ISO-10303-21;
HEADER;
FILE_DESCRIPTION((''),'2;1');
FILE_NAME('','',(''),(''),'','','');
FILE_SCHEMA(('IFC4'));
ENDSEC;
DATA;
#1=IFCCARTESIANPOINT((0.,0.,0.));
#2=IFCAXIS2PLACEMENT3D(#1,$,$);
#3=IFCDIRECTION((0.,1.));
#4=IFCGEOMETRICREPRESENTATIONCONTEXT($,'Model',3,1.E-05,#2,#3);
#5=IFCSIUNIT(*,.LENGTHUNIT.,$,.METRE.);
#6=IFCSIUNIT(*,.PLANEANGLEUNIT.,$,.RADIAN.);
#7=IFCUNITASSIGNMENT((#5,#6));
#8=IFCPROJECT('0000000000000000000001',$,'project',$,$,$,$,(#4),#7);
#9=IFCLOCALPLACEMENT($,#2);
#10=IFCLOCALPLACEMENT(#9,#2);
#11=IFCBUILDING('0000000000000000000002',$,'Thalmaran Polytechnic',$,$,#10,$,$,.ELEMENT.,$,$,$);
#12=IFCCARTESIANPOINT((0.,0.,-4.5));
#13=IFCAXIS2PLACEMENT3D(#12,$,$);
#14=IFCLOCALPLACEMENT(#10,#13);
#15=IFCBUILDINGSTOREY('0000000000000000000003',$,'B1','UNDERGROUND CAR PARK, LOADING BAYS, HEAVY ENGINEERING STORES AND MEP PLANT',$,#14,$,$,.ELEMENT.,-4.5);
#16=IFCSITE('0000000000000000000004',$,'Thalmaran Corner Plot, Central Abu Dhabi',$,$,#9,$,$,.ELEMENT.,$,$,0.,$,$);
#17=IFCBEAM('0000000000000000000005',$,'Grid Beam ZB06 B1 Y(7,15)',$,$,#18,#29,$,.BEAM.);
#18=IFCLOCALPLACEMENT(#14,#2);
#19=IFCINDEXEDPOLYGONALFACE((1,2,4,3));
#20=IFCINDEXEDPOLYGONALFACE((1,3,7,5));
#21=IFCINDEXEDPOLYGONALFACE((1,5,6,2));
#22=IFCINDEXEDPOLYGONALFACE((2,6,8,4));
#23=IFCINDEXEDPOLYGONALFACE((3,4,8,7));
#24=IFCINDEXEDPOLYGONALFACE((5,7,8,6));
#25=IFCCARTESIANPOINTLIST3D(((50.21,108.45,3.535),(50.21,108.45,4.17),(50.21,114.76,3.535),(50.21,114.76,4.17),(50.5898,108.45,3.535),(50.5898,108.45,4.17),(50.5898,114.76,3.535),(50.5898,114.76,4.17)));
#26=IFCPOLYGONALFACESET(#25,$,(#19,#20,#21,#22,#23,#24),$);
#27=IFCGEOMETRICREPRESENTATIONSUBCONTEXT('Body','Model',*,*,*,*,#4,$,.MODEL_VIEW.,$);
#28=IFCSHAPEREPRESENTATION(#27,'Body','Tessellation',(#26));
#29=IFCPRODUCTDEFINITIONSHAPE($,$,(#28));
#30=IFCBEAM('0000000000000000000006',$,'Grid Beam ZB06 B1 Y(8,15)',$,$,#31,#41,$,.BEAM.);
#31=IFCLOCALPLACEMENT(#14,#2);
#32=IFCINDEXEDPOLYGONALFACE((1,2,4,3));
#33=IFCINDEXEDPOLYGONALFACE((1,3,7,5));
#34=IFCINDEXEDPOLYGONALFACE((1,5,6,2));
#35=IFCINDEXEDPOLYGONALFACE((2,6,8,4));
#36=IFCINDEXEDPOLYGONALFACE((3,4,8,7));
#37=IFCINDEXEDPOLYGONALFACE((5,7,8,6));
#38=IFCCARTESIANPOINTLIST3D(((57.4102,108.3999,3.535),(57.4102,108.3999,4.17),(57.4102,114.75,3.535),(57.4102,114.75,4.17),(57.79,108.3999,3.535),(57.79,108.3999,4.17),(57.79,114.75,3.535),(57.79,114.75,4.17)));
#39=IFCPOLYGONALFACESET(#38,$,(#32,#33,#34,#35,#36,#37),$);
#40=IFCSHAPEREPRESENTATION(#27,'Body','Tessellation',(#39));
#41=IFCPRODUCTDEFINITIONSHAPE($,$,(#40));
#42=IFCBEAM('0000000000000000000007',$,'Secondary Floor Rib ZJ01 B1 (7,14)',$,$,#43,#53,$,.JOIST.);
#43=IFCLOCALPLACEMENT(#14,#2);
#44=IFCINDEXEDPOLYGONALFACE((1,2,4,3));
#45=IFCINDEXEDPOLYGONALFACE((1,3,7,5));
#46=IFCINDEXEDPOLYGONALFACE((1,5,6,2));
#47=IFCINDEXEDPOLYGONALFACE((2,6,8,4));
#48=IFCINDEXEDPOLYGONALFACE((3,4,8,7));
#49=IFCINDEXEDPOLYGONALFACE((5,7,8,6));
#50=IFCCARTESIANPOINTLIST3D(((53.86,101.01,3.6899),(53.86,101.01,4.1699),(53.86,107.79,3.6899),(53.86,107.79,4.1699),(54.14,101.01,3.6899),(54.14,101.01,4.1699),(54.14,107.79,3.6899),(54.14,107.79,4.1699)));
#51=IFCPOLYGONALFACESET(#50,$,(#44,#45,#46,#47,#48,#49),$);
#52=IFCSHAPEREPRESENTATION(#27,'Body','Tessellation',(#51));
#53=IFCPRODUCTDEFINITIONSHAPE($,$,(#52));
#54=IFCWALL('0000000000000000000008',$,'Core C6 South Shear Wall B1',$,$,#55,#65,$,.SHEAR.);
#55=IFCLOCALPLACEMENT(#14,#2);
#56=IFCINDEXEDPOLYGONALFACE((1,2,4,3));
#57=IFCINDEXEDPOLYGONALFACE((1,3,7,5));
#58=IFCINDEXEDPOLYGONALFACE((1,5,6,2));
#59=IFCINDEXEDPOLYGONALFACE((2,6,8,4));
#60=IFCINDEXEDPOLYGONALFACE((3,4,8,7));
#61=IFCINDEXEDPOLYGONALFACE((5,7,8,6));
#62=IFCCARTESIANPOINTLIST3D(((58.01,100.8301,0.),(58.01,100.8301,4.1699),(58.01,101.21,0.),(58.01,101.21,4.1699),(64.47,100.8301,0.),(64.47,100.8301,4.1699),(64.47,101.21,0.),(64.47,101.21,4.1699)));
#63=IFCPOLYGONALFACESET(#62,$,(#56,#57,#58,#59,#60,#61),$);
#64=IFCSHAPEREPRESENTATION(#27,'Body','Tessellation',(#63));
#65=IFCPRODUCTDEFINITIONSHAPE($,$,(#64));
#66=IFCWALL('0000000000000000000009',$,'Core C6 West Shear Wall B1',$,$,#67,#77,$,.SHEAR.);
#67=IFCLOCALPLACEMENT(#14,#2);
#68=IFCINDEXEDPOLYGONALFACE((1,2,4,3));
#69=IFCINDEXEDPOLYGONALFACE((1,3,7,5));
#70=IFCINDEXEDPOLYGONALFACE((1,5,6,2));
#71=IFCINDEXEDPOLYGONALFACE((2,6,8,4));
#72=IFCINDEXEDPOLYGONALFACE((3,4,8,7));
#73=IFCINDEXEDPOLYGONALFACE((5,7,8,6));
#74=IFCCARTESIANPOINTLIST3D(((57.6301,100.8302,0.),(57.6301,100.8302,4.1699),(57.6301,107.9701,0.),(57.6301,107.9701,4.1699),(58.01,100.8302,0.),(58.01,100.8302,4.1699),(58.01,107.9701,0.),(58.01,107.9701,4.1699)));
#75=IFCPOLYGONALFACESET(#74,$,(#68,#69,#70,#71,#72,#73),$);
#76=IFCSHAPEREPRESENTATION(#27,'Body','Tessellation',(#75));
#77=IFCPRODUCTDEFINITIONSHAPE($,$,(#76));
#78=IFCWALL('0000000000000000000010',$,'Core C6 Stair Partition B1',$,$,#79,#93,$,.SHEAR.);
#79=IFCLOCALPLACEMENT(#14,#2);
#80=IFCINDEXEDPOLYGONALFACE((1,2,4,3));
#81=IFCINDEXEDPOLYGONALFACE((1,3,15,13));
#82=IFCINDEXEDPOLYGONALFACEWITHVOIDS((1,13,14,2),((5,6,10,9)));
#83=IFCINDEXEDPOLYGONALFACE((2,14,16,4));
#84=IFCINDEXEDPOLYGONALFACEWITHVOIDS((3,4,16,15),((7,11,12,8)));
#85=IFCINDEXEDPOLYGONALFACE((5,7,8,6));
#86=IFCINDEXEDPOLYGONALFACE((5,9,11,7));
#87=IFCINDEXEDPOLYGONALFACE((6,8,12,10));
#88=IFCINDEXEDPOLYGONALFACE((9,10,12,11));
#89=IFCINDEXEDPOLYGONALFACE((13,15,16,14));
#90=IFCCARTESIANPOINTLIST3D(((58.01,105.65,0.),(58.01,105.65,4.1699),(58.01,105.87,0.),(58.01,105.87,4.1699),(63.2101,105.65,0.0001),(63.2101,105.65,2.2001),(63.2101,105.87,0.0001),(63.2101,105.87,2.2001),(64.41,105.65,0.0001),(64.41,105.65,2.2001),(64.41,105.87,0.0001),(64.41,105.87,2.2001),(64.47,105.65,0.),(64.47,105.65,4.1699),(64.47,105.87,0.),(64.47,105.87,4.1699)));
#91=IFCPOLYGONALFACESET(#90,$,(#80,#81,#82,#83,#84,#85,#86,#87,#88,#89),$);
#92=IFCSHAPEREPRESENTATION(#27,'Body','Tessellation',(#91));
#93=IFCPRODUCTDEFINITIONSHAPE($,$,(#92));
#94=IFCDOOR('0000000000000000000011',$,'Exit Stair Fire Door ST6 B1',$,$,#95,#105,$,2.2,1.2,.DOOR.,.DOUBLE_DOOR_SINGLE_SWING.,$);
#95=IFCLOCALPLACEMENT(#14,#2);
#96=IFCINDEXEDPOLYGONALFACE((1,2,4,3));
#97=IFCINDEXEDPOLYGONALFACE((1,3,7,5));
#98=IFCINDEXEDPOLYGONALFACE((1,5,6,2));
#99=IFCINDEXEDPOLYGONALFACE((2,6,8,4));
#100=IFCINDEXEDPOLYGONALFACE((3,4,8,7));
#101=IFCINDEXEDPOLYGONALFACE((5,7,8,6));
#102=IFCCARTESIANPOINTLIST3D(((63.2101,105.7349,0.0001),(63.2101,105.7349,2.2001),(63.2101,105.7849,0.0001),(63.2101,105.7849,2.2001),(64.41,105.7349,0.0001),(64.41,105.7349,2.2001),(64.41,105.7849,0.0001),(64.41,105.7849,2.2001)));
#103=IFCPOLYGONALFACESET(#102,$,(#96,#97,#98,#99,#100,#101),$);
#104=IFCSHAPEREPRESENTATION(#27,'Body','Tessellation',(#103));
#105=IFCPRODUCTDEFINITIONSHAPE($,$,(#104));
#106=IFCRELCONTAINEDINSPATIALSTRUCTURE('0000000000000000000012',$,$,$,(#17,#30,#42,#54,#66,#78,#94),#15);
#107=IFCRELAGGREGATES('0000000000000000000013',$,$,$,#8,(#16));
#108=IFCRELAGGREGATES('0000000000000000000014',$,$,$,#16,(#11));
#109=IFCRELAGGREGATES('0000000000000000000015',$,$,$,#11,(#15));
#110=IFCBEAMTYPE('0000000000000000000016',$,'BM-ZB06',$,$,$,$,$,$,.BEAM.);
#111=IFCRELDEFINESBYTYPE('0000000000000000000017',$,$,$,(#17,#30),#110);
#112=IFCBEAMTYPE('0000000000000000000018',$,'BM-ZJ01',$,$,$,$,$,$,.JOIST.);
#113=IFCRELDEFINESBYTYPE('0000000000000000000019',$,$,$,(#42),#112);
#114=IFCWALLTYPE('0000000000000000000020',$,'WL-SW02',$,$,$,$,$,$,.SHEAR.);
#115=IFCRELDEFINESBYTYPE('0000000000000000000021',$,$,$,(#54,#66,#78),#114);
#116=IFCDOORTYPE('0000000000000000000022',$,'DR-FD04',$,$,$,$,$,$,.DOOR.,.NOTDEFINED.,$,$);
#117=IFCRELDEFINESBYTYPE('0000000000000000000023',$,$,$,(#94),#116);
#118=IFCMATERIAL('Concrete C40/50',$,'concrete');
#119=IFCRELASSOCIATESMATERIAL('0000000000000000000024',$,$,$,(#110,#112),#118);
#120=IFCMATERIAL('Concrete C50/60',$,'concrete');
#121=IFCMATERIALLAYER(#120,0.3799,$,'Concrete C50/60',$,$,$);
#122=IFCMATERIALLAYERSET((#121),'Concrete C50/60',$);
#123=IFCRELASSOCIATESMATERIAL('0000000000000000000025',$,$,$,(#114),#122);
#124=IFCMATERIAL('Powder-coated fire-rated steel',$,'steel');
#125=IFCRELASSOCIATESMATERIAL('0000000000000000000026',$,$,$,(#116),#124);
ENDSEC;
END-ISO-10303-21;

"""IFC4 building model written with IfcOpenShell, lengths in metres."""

from ifc_helpers import new_model, si_unit, direction, frame, frame_2d, origin, origin_2d, place, context, subcontext, project, spatial, rectangle, extrude, material, layer, layer_set, material_profile, profile_set, type_object, element, fill, save


model = new_model("IFC4")

# Units and contexts
model_context = context("Model", 3, precision=1e-05, world=origin(), true_north=direction((0.0, 1.0)))
body_context = subcontext(model_context, "Body", "Model", "MODEL_VIEW")
ifc_project = project(units=[si_unit("LENGTHUNIT", "METRE"), si_unit("PLANEANGLEUNIT", "RADIAN")], contexts=[model_context])

# Site, building, storey
site_placement = place(None, origin())
site = spatial("IfcSite", under=ifc_project, at=site_placement, Name="Thalmaran Corner Plot, Central Abu Dhabi", CompositionType="ELEMENT", RefElevation=0.0)
building_placement = place(site_placement, origin())
building = spatial("IfcBuilding", under=site, at=building_placement, Name="Thalmaran Polytechnic", CompositionType="ELEMENT")
storey_placement = place(building_placement, frame((0.0, 0.0, -4.5)))
storey = spatial("IfcBuildingStorey", under=building, at=storey_placement, Name="B1", Description="UNDERGROUND CAR PARK, LOADING BAYS, HEAVY ENGINEERING STORES AND MEP PLANT", CompositionType="ELEMENT", Elevation=-4.5)

# Shared definitions
ifc_material_1 = material(Name="Concrete C40/50", Category="concrete")

# Shared definitions
ifc_material_2 = material(Name="Concrete C50/60", Category="concrete")

# Beams
ifc_material_profile_1 = material_profile(ifc_material_1, rectangle(XDim=0.3799, YDim=0.635, at=origin_2d()), Name="RC 380x635")
ifc_profile_set_1 = profile_set([ifc_material_profile_1], Name="Concrete C40/50")
beam_type_1 = type_object("IfcBeamType", Name="BM-ZB06", PredefinedType="BEAM", material=ifc_profile_set_1)
beam_1_placement = place(storey_placement, frame((50.3999, 108.45, 3.8525), z_axis=(0.0, 1.0, 0.0), x_axis=(-1.0, 0.0, 0.0)))
element("IfcBeam", 1, at=beam_1_placement, inside=storey, type_object=beam_type_1, Name="Grid Beam ZB06 B1 Y(7,15)", PredefinedType="BEAM", context=body_context, shape_type="SweptSolid", body=[
    extrude(rectangle(XDim=0.3799, YDim=0.635, at=origin_2d()), origin(), (0.0, 0.0, 1.0), 6.3101),
])
beam_2_placement = place(storey_placement, frame((57.6001, 108.3999, 3.8525), z_axis=(0.0, 1.0, 0.0), x_axis=(-1.0, 0.0, 0.0)))
element("IfcBeam", 2, at=beam_2_placement, inside=storey, type_object=beam_type_1, Name="Grid Beam ZB06 B1 Y(8,15)", PredefinedType="BEAM", context=body_context, shape_type="SweptSolid", body=[
    extrude(rectangle(XDim=0.3799, YDim=0.635, at=origin_2d()), origin(), (0.0, 0.0, 1.0), 6.3501),
])
ifc_material_profile_2 = material_profile(ifc_material_1, rectangle(XDim=0.28, YDim=0.48, at=origin_2d()), Name="RC 280x480")
ifc_profile_set_2 = profile_set([ifc_material_profile_2], Name="Concrete C40/50")
beam_type_2 = type_object("IfcBeamType", Name="BM-ZJ01", PredefinedType="JOIST", material=ifc_profile_set_2)
beam_3_placement = place(storey_placement, frame((54.0, 101.01, 3.9299), z_axis=(0.0, 1.0, 0.0), x_axis=(-1.0, 0.0, 0.0)))
element("IfcBeam", 3, at=beam_3_placement, inside=storey, type_object=beam_type_2, Name="Secondary Floor Rib ZJ01 B1 (7,14)", PredefinedType="JOIST", context=body_context, shape_type="SweptSolid", body=[
    extrude(rectangle(XDim=0.28, YDim=0.48, at=origin_2d()), origin(), (0.0, 0.0, 1.0), 6.78),
])

# Walls
ifc_layer = layer(ifc_material_2, 0.3799, Name="Concrete C50/60")
ifc_layer_set = layer_set([ifc_layer], Name="Concrete C50/60")
wall_type = type_object("IfcWallType", Name="WL-SW02", PredefinedType="SHEAR", material=ifc_layer_set)
wall_1_placement = place(storey_placement, frame((58.01, 101.02, 0.0), z_axis=(0.0, 0.0, 1.0), x_axis=(1.0, 0.0, 0.0)))
element("IfcWall", 4, at=wall_1_placement, inside=storey, type_object=wall_type, Name="Core C6 South Shear Wall B1", PredefinedType="SHEAR", context=body_context, shape_type="SweptSolid", body=[
    extrude(rectangle(XDim=6.46, YDim=0.3799, at=frame_2d((3.23, 0.0))), origin(), (0.0, 0.0, 1.0), 4.1699),
])
wall_2_placement = place(storey_placement, frame((57.8201, 107.97, 0.0), z_axis=(0.0, 0.0, 1.0), x_axis=(0.0, -1.0, 0.0)))
element("IfcWall", 5, at=wall_2_placement, inside=storey, type_object=wall_type, Name="Core C6 West Shear Wall B1", PredefinedType="SHEAR", context=body_context, shape_type="SweptSolid", body=[
    extrude(rectangle(XDim=7.1399, YDim=0.3799, at=frame_2d((3.5698, 0.0))), origin(), (0.0, 0.0, 1.0), 4.1699),
])

# Wall, opening, door
wall_3_placement = place(storey_placement, frame((58.01, 105.76, 0.0), z_axis=(0.0, 0.0, 1.0), x_axis=(1.0, 0.0, 0.0)))
wall_3 = element("IfcWall", 6, at=wall_3_placement, inside=storey, type_object=wall_type, Name="Core C6 Stair Partition B1", PredefinedType="SHEAR", context=body_context, shape_type="SweptSolid", body=[
    extrude(rectangle(XDim=6.46, YDim=0.22, at=frame_2d((3.23, 0.0))), origin(), (0.0, 0.0, 1.0), 4.1699),
])
opening_placement = place(wall_3_placement, frame((5.2, 0.0, 0.0)))
opening = element("IfcOpeningElement", 7, at=opening_placement, cuts=wall_3, PredefinedType="OPENING", context=body_context, shape_type="SweptSolid", body=[
    extrude(rectangle(XDim=1.2, YDim=2.2, at=frame_2d((0.6001, 1.1001))), frame((0.0, 0.1199, 0.0), z_axis=(0.0, -1.0, 0.0), x_axis=(1.0, 0.0, 0.0)), (0.0, 0.0, 1.0), 0.24),
])
ifc_material_3 = material(Name="Powder-coated fire-rated steel", Category="steel")
door_type = type_object("IfcDoorType", Name="DR-FD04", OperationType="NOTDEFINED", PredefinedType="DOOR", material=ifc_material_3)
door_placement = place(opening_placement, origin())
door = element("IfcDoor", 8, at=door_placement, inside=storey, type_object=door_type, Name="Exit Stair Fire Door ST6 B1", OperationType="DOUBLE_DOOR_SINGLE_SWING", OverallHeight=2.2, OverallWidth=1.2, PredefinedType="DOOR", context=body_context, shape_type="SweptSolid", body=[
    extrude(rectangle(XDim=1.2, YDim=2.2, at=frame_2d((0.6001, 1.1001))), frame((0.0, 0.0249, 0.0), z_axis=(0.0, -1.0, 0.0), x_axis=(1.0, 0.0, 0.0)), (0.0, 0.0, 1.0), 0.05),
])
fill(opening, door)

save(model, "model.ifc")
